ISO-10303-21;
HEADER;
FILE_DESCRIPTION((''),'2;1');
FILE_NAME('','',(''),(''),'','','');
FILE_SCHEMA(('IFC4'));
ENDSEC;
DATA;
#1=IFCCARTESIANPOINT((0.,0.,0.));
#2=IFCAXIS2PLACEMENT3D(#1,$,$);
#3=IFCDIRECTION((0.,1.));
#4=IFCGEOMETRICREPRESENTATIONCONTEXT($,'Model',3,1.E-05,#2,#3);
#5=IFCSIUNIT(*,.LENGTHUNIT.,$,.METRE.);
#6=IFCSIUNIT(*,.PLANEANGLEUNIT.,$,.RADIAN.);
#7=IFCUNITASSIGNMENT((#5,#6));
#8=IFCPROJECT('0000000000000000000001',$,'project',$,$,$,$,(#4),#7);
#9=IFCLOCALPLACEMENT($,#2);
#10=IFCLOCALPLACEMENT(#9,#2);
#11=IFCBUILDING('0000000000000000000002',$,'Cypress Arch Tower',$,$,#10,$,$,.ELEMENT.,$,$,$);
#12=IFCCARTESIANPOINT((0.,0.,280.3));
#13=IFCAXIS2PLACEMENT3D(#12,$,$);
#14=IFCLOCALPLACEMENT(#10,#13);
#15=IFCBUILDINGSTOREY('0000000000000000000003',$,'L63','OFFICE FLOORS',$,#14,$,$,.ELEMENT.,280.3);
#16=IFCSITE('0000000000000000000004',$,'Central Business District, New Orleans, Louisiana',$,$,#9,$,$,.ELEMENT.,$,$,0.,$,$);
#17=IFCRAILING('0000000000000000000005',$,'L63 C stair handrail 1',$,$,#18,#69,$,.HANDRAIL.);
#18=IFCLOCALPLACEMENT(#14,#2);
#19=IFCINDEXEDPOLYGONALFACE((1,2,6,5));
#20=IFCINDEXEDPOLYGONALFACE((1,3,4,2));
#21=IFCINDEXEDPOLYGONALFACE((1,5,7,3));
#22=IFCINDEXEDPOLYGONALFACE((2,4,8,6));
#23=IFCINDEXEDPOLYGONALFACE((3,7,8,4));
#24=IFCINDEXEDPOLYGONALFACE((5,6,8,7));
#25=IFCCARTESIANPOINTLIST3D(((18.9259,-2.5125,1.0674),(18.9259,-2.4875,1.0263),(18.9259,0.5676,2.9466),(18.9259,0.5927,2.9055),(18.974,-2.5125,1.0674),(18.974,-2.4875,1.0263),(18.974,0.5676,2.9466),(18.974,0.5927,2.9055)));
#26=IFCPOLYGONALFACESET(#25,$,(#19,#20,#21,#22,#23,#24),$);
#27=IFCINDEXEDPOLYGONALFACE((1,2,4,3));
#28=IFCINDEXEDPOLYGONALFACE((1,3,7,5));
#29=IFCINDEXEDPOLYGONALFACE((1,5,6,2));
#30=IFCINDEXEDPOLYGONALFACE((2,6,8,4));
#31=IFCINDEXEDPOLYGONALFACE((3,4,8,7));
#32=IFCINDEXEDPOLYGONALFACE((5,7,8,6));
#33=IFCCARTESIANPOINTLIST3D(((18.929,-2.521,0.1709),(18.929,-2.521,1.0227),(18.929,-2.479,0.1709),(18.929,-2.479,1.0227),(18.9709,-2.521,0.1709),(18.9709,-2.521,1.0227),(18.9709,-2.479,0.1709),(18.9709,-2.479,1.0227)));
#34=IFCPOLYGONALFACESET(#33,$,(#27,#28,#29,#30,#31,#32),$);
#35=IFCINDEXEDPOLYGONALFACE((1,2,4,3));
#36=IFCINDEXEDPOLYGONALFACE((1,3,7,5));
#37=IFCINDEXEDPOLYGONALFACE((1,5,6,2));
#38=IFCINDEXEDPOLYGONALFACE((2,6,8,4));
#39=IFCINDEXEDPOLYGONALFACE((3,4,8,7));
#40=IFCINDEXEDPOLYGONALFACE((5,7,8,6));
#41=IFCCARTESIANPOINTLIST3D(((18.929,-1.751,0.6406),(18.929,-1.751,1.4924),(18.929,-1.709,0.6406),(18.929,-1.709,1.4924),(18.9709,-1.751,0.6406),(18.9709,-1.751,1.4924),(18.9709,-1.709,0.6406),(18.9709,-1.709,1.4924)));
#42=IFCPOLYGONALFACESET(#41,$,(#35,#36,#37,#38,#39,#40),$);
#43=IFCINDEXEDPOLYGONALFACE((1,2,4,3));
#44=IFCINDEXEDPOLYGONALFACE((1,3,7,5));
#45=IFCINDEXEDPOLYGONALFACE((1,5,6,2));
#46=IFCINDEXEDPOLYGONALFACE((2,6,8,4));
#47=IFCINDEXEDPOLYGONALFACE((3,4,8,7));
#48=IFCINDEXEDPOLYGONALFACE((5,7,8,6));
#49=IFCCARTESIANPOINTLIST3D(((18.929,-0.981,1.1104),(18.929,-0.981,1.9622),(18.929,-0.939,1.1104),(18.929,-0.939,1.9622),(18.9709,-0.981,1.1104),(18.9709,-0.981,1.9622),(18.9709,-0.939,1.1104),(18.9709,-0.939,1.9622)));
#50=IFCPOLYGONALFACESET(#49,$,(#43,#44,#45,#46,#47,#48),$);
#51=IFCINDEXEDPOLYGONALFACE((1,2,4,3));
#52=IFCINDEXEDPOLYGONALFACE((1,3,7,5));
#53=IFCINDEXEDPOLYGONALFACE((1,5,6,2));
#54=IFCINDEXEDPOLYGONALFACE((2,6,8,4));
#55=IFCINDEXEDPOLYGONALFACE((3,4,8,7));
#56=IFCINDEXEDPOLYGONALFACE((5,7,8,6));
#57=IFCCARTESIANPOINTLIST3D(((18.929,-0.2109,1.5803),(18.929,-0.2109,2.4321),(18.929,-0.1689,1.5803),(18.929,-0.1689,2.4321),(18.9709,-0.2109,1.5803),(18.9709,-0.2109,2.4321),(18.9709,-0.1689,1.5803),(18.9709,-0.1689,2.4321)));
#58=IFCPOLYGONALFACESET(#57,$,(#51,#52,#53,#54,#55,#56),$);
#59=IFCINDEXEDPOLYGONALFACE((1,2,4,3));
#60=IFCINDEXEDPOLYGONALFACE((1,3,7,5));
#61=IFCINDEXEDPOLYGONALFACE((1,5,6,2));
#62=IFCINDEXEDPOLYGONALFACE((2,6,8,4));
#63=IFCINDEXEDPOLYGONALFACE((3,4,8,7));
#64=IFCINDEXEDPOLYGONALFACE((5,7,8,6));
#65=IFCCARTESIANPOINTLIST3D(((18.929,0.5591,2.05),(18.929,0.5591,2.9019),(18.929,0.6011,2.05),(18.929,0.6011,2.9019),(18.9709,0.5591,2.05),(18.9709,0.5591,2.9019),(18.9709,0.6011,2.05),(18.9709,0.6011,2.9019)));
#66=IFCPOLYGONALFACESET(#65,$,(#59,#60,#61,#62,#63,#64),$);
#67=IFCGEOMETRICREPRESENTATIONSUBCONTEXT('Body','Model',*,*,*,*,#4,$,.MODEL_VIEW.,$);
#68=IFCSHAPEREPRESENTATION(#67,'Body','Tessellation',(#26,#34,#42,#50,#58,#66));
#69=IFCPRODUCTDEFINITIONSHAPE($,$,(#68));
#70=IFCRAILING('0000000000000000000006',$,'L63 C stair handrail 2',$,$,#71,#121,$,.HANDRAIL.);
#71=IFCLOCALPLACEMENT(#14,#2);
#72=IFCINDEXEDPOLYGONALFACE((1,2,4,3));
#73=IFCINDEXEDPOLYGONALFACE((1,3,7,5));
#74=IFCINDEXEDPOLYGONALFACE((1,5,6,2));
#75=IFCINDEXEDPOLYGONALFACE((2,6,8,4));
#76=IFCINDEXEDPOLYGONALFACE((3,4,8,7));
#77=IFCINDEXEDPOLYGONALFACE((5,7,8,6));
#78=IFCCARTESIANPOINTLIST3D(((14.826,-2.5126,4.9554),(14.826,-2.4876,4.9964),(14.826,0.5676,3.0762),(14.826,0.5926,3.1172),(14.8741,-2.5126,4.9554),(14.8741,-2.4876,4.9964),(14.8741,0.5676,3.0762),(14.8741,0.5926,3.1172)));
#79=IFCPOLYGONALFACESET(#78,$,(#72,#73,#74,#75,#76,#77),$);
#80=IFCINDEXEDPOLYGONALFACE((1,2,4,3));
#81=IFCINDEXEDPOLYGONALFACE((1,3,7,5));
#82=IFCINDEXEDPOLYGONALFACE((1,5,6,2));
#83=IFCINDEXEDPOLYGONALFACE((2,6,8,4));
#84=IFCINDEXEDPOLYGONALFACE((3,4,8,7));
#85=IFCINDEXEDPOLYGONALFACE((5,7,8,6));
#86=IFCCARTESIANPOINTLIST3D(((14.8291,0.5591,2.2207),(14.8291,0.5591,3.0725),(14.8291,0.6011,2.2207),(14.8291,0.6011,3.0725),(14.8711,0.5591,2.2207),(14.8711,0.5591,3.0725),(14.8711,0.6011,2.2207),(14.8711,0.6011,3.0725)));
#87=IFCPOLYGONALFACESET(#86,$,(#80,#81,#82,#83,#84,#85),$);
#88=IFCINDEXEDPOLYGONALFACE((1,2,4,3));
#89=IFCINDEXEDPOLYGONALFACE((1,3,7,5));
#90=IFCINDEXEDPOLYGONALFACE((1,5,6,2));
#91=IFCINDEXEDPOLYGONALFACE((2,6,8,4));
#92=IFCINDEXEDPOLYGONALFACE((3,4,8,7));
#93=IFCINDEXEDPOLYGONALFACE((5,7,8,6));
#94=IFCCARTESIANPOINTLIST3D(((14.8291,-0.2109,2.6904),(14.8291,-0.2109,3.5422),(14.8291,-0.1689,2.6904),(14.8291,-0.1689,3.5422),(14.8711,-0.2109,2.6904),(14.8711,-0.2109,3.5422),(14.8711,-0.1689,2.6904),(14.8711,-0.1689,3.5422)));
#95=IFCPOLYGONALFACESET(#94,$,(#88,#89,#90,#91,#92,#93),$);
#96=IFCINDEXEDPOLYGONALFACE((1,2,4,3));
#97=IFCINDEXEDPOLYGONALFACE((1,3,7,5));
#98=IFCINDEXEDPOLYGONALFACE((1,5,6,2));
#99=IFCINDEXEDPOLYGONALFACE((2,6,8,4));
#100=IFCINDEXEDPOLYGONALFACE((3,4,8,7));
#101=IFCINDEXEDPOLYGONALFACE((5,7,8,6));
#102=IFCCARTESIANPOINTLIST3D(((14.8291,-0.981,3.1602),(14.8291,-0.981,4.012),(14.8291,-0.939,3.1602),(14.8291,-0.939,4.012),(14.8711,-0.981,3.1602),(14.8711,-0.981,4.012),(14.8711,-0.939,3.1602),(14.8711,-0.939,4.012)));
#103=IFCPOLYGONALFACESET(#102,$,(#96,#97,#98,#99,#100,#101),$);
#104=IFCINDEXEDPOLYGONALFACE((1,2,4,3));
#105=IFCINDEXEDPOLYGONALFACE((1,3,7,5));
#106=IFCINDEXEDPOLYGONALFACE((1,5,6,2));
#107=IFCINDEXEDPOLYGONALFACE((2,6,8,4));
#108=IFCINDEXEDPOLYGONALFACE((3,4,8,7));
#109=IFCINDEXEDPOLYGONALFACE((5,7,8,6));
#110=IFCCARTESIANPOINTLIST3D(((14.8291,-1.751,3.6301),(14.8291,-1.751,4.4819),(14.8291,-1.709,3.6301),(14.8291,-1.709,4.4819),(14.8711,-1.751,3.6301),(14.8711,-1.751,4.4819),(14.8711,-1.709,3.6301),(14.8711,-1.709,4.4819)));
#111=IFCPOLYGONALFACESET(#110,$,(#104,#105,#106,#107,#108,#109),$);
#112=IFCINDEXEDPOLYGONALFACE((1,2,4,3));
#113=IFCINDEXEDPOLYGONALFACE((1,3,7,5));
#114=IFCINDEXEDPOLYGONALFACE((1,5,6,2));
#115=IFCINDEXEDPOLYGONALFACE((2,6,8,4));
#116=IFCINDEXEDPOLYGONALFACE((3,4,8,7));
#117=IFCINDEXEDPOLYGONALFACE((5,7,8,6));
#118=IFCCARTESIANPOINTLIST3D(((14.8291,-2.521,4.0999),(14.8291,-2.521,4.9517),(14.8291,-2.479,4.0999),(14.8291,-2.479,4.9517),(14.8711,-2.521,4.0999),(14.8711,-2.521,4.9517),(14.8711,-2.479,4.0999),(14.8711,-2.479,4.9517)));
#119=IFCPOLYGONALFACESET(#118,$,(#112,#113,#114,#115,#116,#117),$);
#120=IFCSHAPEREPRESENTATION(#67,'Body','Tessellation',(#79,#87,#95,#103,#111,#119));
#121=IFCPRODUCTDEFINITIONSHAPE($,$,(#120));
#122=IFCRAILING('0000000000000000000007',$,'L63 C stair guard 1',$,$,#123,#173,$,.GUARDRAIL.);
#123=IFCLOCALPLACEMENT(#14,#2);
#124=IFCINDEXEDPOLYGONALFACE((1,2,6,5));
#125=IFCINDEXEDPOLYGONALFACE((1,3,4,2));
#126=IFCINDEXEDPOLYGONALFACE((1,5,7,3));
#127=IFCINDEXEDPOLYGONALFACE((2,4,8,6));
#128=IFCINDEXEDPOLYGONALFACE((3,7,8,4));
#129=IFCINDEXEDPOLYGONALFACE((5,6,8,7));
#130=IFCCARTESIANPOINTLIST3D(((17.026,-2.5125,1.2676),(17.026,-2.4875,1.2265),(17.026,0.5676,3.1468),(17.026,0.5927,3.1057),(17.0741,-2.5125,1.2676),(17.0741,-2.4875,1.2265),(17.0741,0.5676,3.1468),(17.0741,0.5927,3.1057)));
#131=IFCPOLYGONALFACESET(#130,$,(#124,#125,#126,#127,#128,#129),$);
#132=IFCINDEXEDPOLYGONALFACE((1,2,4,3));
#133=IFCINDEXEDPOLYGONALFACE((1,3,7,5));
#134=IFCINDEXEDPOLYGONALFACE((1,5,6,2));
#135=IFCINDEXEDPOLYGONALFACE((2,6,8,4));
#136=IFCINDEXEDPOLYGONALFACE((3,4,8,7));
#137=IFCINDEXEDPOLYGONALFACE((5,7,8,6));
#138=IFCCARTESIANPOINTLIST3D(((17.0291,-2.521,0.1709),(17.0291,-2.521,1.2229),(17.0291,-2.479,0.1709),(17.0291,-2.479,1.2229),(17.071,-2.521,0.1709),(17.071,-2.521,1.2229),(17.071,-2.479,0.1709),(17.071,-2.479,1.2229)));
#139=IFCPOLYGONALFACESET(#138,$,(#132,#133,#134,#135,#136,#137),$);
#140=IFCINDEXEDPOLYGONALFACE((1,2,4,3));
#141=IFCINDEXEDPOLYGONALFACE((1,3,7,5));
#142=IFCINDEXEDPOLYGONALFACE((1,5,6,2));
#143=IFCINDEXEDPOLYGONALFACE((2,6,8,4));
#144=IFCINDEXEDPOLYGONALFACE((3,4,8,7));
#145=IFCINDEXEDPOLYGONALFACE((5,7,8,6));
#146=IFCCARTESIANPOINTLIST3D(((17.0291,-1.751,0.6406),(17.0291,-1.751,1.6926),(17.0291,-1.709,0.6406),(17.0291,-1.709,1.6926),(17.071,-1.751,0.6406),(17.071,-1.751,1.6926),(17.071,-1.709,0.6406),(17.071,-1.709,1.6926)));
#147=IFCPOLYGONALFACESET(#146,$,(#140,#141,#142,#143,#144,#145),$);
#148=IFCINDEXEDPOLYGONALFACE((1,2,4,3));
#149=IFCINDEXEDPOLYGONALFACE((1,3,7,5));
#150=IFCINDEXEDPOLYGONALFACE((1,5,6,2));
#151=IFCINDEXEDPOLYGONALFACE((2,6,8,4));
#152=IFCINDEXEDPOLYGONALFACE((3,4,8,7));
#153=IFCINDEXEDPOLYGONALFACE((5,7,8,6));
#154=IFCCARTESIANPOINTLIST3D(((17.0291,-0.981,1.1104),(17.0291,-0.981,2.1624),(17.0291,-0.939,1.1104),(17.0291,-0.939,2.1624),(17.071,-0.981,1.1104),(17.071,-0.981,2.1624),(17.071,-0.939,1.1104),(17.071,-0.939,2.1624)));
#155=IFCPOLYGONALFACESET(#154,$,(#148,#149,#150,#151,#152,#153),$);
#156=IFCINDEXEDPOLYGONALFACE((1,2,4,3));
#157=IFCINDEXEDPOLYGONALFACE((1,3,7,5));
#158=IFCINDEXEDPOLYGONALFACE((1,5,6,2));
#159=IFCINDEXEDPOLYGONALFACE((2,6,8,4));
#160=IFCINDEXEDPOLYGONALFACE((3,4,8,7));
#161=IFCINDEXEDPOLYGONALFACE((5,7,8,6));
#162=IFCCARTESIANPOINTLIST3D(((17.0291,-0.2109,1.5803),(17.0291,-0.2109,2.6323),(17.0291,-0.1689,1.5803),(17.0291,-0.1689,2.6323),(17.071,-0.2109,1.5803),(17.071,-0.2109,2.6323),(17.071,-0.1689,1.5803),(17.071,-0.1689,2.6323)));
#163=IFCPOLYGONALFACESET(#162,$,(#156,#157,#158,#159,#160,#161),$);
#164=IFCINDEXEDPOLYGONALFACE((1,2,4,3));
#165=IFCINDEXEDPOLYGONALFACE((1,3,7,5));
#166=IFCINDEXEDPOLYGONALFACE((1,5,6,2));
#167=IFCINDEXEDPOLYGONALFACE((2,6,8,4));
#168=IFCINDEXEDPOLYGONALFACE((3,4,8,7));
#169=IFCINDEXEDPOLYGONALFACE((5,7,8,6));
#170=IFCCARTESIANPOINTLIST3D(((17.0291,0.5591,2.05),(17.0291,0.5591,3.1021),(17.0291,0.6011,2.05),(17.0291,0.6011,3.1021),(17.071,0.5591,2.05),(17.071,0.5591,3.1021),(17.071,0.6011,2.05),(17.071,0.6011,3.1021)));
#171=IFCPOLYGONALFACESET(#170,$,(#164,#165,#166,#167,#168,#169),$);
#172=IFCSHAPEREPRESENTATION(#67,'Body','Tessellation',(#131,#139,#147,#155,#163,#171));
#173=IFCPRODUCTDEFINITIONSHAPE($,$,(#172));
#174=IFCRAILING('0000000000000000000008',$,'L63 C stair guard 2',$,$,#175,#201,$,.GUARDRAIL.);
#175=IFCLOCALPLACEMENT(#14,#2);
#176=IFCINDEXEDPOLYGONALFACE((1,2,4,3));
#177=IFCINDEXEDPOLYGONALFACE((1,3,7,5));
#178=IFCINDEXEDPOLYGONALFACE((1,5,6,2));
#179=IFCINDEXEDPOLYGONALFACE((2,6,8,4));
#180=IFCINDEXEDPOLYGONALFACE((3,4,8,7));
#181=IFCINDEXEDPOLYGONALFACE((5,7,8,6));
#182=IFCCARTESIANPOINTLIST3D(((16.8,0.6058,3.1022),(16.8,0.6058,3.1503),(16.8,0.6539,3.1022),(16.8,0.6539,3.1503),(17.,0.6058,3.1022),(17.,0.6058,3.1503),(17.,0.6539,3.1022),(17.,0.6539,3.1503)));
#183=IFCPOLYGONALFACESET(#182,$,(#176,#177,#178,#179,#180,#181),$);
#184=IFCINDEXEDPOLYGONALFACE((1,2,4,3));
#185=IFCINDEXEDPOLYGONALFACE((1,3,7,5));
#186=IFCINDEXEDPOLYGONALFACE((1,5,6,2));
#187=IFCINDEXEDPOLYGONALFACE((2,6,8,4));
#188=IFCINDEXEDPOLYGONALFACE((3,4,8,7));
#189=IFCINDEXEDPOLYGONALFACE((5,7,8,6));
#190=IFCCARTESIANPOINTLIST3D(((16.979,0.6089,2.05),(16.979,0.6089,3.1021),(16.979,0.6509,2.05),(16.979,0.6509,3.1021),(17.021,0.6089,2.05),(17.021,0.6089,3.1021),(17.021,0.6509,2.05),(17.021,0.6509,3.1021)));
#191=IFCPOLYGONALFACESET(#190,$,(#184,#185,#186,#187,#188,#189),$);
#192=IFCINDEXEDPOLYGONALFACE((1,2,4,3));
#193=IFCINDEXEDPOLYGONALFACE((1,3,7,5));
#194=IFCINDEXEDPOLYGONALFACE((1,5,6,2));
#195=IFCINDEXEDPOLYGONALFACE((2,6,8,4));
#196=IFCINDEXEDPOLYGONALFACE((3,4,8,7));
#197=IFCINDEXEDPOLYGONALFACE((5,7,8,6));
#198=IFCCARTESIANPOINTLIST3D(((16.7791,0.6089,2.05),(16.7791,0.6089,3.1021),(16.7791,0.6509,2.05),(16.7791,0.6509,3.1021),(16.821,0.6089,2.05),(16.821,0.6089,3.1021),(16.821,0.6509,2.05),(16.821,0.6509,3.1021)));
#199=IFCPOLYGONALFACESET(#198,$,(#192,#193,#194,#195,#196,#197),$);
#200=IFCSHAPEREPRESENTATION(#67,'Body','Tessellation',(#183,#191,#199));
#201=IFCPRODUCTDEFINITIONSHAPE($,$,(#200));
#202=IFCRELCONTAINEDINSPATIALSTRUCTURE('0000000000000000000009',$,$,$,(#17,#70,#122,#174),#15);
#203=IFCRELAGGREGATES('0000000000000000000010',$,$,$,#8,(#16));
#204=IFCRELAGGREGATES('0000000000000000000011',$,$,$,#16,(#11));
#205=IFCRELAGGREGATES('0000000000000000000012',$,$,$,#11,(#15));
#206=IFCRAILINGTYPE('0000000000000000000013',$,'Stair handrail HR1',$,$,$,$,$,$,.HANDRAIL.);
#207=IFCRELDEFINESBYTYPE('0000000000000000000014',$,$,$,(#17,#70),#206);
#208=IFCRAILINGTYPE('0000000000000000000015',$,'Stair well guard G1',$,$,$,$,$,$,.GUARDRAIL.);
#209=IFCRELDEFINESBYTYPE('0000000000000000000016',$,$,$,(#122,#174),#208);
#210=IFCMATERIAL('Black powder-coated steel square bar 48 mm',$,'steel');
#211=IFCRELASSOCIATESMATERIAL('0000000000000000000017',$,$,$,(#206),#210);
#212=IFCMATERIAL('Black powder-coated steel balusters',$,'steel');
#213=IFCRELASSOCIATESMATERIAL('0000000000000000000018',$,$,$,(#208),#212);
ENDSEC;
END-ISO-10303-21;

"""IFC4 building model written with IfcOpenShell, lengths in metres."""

from ifc_helpers import new_model, si_unit, direction, frame, origin, origin_2d, place, context, subcontext, project, spatial, rectangle, extrude, material, type_object, element, save


model = new_model("IFC4")

# Units and contexts
model_context = context("Model", 3, precision=1e-05, world=origin(), true_north=direction((0.0, 1.0)))
body_context = subcontext(model_context, "Body", "Model", "MODEL_VIEW")
ifc_project = project(units=[si_unit("LENGTHUNIT", "METRE"), si_unit("PLANEANGLEUNIT", "RADIAN")], contexts=[model_context])

# Site, building, storey
site_placement = place(None, origin())
site = spatial("IfcSite", under=ifc_project, at=site_placement, Name="Central Business District, New Orleans, Louisiana", CompositionType="ELEMENT", RefElevation=0.0)
building_placement = place(site_placement, origin())
building = spatial("IfcBuilding", under=site, at=building_placement, Name="Cypress Arch Tower", CompositionType="ELEMENT")
storey_placement = place(building_placement, frame((0.0, 0.0, 280.3)))
storey = spatial("IfcBuildingStorey", under=building, at=storey_placement, Name="L63", Description="OFFICE FLOORS", CompositionType="ELEMENT", Elevation=280.3)

# Railings
ifc_material_1 = material(Name="Black powder-coated steel square bar 48 mm", Category="steel")
railing_type_1 = type_object("IfcRailingType", Name="Stair handrail HR1", PredefinedType="HANDRAIL", material=ifc_material_1)
railing_1_placement = place(storey_placement, frame((18.95, -2.5, 0.1709)))
element("IfcRailing", 1, at=railing_1_placement, inside=storey, type_object=railing_type_1, Name="L63 C stair handrail 1", PredefinedType="HANDRAIL", context=body_context, shape_type="SweptSolid", body=[
    extrude(rectangle(XDim=0.0481, YDim=0.0481, at=origin_2d()), frame((0.0, 0.0, 0.876), z_axis=(0.0, 0.853666, 0.52082), x_axis=(-1.0, 0.0, 0.0)), (0.0, 0.0, 1.0), 3.6082),
    extrude(rectangle(XDim=0.042, YDim=0.042, at=origin_2d()), origin(), (0.0, 0.0, 1.0), 0.8518),
    extrude(rectangle(XDim=0.042, YDim=0.042, at=origin_2d()), frame((0.0, 0.77, 0.4697)), (0.0, 0.0, 1.0), 0.8518),
    extrude(rectangle(XDim=0.042, YDim=0.042, at=origin_2d()), frame((0.0, 1.54, 0.9395)), (0.0, 0.0, 1.0), 0.8518),
    extrude(rectangle(XDim=0.042, YDim=0.042, at=origin_2d()), frame((0.0, 2.3101, 1.4094)), (0.0, 0.0, 1.0), 0.8518),
    extrude(rectangle(XDim=0.042, YDim=0.042, at=origin_2d()), frame((0.0, 3.0801, 1.8792)), (0.0, 0.0, 1.0), 0.8518),
])
railing_2_placement = place(storey_placement, frame((14.8501, 0.5801, 2.2207)))
element("IfcRailing", 2, at=railing_2_placement, inside=storey, type_object=railing_type_1, Name="L63 C stair handrail 2", PredefinedType="HANDRAIL", context=body_context, shape_type="SweptSolid", body=[
    extrude(rectangle(XDim=0.0481, YDim=0.0481, at=origin_2d()), frame((0.0, 0.0, 0.876), z_axis=(0.0, -0.853666, 0.52082), x_axis=(1.0, 0.0, 0.0)), (0.0, 0.0, 1.0), 3.6082),
    extrude(rectangle(XDim=0.042, YDim=0.042, at=origin_2d()), origin(), (0.0, 0.0, 1.0), 0.8518),
    extrude(rectangle(XDim=0.042, YDim=0.042, at=origin_2d()), frame((0.0, -0.77, 0.4697)), (0.0, 0.0, 1.0), 0.8518),
    extrude(rectangle(XDim=0.042, YDim=0.042, at=origin_2d()), frame((0.0, -1.54, 0.9395)), (0.0, 0.0, 1.0), 0.8518),
    extrude(rectangle(XDim=0.042, YDim=0.042, at=origin_2d()), frame((0.0, -2.3101, 1.4094)), (0.0, 0.0, 1.0), 0.8518),
    extrude(rectangle(XDim=0.042, YDim=0.042, at=origin_2d()), frame((0.0, -3.0801, 1.8792)), (0.0, 0.0, 1.0), 0.8518),
])
ifc_material_2 = material(Name="Black powder-coated steel balusters", Category="steel")
railing_type_2 = type_object("IfcRailingType", Name="Stair well guard G1", PredefinedType="GUARDRAIL", material=ifc_material_2)
railing_3_placement = place(storey_placement, frame((17.05, -2.5, 0.1709)))
element("IfcRailing", 3, at=railing_3_placement, inside=storey, type_object=railing_type_2, Name="L63 C stair guard 1", PredefinedType="GUARDRAIL", context=body_context, shape_type="SweptSolid", body=[
    extrude(rectangle(XDim=0.0481, YDim=0.0481, at=origin_2d()), frame((0.0, 0.0, 1.0762), z_axis=(0.0, 0.853666, 0.52082), x_axis=(-1.0, 0.0, 0.0)), (0.0, 0.0, 1.0), 3.6082),
    extrude(rectangle(XDim=0.042, YDim=0.042, at=origin_2d()), origin(), (0.0, 0.0, 1.0), 1.052),
    extrude(rectangle(XDim=0.042, YDim=0.042, at=origin_2d()), frame((0.0, 0.77, 0.4697)), (0.0, 0.0, 1.0), 1.052),
    extrude(rectangle(XDim=0.042, YDim=0.042, at=origin_2d()), frame((0.0, 1.54, 0.9395)), (0.0, 0.0, 1.0), 1.052),
    extrude(rectangle(XDim=0.042, YDim=0.042, at=origin_2d()), frame((0.0, 2.3101, 1.4094)), (0.0, 0.0, 1.0), 1.052),
    extrude(rectangle(XDim=0.042, YDim=0.042, at=origin_2d()), frame((0.0, 3.0801, 1.8792)), (0.0, 0.0, 1.0), 1.052),
])
railing_4_placement = place(storey_placement, frame((17.0, 0.6299, 2.05)))
element("IfcRailing", 4, at=railing_4_placement, inside=storey, type_object=railing_type_2, Name="L63 C stair guard 2", PredefinedType="GUARDRAIL", context=body_context, shape_type="SweptSolid", body=[
    extrude(rectangle(XDim=0.0481, YDim=0.0481, at=origin_2d()), frame((0.0, 0.0, 1.0762), z_axis=(-1.0, 0.0, 0.0), x_axis=(0.0, -1.0, 0.0)), (0.0, 0.0, 1.0), 0.2),
    extrude(rectangle(XDim=0.042, YDim=0.042, at=origin_2d()), origin(), (0.0, 0.0, 1.0), 1.052),
    extrude(rectangle(XDim=0.042, YDim=0.042, at=origin_2d()), frame((-0.2, 0.0, 0.0)), (0.0, 0.0, 1.0), 1.052),
])

save(model, "model.ifc")
